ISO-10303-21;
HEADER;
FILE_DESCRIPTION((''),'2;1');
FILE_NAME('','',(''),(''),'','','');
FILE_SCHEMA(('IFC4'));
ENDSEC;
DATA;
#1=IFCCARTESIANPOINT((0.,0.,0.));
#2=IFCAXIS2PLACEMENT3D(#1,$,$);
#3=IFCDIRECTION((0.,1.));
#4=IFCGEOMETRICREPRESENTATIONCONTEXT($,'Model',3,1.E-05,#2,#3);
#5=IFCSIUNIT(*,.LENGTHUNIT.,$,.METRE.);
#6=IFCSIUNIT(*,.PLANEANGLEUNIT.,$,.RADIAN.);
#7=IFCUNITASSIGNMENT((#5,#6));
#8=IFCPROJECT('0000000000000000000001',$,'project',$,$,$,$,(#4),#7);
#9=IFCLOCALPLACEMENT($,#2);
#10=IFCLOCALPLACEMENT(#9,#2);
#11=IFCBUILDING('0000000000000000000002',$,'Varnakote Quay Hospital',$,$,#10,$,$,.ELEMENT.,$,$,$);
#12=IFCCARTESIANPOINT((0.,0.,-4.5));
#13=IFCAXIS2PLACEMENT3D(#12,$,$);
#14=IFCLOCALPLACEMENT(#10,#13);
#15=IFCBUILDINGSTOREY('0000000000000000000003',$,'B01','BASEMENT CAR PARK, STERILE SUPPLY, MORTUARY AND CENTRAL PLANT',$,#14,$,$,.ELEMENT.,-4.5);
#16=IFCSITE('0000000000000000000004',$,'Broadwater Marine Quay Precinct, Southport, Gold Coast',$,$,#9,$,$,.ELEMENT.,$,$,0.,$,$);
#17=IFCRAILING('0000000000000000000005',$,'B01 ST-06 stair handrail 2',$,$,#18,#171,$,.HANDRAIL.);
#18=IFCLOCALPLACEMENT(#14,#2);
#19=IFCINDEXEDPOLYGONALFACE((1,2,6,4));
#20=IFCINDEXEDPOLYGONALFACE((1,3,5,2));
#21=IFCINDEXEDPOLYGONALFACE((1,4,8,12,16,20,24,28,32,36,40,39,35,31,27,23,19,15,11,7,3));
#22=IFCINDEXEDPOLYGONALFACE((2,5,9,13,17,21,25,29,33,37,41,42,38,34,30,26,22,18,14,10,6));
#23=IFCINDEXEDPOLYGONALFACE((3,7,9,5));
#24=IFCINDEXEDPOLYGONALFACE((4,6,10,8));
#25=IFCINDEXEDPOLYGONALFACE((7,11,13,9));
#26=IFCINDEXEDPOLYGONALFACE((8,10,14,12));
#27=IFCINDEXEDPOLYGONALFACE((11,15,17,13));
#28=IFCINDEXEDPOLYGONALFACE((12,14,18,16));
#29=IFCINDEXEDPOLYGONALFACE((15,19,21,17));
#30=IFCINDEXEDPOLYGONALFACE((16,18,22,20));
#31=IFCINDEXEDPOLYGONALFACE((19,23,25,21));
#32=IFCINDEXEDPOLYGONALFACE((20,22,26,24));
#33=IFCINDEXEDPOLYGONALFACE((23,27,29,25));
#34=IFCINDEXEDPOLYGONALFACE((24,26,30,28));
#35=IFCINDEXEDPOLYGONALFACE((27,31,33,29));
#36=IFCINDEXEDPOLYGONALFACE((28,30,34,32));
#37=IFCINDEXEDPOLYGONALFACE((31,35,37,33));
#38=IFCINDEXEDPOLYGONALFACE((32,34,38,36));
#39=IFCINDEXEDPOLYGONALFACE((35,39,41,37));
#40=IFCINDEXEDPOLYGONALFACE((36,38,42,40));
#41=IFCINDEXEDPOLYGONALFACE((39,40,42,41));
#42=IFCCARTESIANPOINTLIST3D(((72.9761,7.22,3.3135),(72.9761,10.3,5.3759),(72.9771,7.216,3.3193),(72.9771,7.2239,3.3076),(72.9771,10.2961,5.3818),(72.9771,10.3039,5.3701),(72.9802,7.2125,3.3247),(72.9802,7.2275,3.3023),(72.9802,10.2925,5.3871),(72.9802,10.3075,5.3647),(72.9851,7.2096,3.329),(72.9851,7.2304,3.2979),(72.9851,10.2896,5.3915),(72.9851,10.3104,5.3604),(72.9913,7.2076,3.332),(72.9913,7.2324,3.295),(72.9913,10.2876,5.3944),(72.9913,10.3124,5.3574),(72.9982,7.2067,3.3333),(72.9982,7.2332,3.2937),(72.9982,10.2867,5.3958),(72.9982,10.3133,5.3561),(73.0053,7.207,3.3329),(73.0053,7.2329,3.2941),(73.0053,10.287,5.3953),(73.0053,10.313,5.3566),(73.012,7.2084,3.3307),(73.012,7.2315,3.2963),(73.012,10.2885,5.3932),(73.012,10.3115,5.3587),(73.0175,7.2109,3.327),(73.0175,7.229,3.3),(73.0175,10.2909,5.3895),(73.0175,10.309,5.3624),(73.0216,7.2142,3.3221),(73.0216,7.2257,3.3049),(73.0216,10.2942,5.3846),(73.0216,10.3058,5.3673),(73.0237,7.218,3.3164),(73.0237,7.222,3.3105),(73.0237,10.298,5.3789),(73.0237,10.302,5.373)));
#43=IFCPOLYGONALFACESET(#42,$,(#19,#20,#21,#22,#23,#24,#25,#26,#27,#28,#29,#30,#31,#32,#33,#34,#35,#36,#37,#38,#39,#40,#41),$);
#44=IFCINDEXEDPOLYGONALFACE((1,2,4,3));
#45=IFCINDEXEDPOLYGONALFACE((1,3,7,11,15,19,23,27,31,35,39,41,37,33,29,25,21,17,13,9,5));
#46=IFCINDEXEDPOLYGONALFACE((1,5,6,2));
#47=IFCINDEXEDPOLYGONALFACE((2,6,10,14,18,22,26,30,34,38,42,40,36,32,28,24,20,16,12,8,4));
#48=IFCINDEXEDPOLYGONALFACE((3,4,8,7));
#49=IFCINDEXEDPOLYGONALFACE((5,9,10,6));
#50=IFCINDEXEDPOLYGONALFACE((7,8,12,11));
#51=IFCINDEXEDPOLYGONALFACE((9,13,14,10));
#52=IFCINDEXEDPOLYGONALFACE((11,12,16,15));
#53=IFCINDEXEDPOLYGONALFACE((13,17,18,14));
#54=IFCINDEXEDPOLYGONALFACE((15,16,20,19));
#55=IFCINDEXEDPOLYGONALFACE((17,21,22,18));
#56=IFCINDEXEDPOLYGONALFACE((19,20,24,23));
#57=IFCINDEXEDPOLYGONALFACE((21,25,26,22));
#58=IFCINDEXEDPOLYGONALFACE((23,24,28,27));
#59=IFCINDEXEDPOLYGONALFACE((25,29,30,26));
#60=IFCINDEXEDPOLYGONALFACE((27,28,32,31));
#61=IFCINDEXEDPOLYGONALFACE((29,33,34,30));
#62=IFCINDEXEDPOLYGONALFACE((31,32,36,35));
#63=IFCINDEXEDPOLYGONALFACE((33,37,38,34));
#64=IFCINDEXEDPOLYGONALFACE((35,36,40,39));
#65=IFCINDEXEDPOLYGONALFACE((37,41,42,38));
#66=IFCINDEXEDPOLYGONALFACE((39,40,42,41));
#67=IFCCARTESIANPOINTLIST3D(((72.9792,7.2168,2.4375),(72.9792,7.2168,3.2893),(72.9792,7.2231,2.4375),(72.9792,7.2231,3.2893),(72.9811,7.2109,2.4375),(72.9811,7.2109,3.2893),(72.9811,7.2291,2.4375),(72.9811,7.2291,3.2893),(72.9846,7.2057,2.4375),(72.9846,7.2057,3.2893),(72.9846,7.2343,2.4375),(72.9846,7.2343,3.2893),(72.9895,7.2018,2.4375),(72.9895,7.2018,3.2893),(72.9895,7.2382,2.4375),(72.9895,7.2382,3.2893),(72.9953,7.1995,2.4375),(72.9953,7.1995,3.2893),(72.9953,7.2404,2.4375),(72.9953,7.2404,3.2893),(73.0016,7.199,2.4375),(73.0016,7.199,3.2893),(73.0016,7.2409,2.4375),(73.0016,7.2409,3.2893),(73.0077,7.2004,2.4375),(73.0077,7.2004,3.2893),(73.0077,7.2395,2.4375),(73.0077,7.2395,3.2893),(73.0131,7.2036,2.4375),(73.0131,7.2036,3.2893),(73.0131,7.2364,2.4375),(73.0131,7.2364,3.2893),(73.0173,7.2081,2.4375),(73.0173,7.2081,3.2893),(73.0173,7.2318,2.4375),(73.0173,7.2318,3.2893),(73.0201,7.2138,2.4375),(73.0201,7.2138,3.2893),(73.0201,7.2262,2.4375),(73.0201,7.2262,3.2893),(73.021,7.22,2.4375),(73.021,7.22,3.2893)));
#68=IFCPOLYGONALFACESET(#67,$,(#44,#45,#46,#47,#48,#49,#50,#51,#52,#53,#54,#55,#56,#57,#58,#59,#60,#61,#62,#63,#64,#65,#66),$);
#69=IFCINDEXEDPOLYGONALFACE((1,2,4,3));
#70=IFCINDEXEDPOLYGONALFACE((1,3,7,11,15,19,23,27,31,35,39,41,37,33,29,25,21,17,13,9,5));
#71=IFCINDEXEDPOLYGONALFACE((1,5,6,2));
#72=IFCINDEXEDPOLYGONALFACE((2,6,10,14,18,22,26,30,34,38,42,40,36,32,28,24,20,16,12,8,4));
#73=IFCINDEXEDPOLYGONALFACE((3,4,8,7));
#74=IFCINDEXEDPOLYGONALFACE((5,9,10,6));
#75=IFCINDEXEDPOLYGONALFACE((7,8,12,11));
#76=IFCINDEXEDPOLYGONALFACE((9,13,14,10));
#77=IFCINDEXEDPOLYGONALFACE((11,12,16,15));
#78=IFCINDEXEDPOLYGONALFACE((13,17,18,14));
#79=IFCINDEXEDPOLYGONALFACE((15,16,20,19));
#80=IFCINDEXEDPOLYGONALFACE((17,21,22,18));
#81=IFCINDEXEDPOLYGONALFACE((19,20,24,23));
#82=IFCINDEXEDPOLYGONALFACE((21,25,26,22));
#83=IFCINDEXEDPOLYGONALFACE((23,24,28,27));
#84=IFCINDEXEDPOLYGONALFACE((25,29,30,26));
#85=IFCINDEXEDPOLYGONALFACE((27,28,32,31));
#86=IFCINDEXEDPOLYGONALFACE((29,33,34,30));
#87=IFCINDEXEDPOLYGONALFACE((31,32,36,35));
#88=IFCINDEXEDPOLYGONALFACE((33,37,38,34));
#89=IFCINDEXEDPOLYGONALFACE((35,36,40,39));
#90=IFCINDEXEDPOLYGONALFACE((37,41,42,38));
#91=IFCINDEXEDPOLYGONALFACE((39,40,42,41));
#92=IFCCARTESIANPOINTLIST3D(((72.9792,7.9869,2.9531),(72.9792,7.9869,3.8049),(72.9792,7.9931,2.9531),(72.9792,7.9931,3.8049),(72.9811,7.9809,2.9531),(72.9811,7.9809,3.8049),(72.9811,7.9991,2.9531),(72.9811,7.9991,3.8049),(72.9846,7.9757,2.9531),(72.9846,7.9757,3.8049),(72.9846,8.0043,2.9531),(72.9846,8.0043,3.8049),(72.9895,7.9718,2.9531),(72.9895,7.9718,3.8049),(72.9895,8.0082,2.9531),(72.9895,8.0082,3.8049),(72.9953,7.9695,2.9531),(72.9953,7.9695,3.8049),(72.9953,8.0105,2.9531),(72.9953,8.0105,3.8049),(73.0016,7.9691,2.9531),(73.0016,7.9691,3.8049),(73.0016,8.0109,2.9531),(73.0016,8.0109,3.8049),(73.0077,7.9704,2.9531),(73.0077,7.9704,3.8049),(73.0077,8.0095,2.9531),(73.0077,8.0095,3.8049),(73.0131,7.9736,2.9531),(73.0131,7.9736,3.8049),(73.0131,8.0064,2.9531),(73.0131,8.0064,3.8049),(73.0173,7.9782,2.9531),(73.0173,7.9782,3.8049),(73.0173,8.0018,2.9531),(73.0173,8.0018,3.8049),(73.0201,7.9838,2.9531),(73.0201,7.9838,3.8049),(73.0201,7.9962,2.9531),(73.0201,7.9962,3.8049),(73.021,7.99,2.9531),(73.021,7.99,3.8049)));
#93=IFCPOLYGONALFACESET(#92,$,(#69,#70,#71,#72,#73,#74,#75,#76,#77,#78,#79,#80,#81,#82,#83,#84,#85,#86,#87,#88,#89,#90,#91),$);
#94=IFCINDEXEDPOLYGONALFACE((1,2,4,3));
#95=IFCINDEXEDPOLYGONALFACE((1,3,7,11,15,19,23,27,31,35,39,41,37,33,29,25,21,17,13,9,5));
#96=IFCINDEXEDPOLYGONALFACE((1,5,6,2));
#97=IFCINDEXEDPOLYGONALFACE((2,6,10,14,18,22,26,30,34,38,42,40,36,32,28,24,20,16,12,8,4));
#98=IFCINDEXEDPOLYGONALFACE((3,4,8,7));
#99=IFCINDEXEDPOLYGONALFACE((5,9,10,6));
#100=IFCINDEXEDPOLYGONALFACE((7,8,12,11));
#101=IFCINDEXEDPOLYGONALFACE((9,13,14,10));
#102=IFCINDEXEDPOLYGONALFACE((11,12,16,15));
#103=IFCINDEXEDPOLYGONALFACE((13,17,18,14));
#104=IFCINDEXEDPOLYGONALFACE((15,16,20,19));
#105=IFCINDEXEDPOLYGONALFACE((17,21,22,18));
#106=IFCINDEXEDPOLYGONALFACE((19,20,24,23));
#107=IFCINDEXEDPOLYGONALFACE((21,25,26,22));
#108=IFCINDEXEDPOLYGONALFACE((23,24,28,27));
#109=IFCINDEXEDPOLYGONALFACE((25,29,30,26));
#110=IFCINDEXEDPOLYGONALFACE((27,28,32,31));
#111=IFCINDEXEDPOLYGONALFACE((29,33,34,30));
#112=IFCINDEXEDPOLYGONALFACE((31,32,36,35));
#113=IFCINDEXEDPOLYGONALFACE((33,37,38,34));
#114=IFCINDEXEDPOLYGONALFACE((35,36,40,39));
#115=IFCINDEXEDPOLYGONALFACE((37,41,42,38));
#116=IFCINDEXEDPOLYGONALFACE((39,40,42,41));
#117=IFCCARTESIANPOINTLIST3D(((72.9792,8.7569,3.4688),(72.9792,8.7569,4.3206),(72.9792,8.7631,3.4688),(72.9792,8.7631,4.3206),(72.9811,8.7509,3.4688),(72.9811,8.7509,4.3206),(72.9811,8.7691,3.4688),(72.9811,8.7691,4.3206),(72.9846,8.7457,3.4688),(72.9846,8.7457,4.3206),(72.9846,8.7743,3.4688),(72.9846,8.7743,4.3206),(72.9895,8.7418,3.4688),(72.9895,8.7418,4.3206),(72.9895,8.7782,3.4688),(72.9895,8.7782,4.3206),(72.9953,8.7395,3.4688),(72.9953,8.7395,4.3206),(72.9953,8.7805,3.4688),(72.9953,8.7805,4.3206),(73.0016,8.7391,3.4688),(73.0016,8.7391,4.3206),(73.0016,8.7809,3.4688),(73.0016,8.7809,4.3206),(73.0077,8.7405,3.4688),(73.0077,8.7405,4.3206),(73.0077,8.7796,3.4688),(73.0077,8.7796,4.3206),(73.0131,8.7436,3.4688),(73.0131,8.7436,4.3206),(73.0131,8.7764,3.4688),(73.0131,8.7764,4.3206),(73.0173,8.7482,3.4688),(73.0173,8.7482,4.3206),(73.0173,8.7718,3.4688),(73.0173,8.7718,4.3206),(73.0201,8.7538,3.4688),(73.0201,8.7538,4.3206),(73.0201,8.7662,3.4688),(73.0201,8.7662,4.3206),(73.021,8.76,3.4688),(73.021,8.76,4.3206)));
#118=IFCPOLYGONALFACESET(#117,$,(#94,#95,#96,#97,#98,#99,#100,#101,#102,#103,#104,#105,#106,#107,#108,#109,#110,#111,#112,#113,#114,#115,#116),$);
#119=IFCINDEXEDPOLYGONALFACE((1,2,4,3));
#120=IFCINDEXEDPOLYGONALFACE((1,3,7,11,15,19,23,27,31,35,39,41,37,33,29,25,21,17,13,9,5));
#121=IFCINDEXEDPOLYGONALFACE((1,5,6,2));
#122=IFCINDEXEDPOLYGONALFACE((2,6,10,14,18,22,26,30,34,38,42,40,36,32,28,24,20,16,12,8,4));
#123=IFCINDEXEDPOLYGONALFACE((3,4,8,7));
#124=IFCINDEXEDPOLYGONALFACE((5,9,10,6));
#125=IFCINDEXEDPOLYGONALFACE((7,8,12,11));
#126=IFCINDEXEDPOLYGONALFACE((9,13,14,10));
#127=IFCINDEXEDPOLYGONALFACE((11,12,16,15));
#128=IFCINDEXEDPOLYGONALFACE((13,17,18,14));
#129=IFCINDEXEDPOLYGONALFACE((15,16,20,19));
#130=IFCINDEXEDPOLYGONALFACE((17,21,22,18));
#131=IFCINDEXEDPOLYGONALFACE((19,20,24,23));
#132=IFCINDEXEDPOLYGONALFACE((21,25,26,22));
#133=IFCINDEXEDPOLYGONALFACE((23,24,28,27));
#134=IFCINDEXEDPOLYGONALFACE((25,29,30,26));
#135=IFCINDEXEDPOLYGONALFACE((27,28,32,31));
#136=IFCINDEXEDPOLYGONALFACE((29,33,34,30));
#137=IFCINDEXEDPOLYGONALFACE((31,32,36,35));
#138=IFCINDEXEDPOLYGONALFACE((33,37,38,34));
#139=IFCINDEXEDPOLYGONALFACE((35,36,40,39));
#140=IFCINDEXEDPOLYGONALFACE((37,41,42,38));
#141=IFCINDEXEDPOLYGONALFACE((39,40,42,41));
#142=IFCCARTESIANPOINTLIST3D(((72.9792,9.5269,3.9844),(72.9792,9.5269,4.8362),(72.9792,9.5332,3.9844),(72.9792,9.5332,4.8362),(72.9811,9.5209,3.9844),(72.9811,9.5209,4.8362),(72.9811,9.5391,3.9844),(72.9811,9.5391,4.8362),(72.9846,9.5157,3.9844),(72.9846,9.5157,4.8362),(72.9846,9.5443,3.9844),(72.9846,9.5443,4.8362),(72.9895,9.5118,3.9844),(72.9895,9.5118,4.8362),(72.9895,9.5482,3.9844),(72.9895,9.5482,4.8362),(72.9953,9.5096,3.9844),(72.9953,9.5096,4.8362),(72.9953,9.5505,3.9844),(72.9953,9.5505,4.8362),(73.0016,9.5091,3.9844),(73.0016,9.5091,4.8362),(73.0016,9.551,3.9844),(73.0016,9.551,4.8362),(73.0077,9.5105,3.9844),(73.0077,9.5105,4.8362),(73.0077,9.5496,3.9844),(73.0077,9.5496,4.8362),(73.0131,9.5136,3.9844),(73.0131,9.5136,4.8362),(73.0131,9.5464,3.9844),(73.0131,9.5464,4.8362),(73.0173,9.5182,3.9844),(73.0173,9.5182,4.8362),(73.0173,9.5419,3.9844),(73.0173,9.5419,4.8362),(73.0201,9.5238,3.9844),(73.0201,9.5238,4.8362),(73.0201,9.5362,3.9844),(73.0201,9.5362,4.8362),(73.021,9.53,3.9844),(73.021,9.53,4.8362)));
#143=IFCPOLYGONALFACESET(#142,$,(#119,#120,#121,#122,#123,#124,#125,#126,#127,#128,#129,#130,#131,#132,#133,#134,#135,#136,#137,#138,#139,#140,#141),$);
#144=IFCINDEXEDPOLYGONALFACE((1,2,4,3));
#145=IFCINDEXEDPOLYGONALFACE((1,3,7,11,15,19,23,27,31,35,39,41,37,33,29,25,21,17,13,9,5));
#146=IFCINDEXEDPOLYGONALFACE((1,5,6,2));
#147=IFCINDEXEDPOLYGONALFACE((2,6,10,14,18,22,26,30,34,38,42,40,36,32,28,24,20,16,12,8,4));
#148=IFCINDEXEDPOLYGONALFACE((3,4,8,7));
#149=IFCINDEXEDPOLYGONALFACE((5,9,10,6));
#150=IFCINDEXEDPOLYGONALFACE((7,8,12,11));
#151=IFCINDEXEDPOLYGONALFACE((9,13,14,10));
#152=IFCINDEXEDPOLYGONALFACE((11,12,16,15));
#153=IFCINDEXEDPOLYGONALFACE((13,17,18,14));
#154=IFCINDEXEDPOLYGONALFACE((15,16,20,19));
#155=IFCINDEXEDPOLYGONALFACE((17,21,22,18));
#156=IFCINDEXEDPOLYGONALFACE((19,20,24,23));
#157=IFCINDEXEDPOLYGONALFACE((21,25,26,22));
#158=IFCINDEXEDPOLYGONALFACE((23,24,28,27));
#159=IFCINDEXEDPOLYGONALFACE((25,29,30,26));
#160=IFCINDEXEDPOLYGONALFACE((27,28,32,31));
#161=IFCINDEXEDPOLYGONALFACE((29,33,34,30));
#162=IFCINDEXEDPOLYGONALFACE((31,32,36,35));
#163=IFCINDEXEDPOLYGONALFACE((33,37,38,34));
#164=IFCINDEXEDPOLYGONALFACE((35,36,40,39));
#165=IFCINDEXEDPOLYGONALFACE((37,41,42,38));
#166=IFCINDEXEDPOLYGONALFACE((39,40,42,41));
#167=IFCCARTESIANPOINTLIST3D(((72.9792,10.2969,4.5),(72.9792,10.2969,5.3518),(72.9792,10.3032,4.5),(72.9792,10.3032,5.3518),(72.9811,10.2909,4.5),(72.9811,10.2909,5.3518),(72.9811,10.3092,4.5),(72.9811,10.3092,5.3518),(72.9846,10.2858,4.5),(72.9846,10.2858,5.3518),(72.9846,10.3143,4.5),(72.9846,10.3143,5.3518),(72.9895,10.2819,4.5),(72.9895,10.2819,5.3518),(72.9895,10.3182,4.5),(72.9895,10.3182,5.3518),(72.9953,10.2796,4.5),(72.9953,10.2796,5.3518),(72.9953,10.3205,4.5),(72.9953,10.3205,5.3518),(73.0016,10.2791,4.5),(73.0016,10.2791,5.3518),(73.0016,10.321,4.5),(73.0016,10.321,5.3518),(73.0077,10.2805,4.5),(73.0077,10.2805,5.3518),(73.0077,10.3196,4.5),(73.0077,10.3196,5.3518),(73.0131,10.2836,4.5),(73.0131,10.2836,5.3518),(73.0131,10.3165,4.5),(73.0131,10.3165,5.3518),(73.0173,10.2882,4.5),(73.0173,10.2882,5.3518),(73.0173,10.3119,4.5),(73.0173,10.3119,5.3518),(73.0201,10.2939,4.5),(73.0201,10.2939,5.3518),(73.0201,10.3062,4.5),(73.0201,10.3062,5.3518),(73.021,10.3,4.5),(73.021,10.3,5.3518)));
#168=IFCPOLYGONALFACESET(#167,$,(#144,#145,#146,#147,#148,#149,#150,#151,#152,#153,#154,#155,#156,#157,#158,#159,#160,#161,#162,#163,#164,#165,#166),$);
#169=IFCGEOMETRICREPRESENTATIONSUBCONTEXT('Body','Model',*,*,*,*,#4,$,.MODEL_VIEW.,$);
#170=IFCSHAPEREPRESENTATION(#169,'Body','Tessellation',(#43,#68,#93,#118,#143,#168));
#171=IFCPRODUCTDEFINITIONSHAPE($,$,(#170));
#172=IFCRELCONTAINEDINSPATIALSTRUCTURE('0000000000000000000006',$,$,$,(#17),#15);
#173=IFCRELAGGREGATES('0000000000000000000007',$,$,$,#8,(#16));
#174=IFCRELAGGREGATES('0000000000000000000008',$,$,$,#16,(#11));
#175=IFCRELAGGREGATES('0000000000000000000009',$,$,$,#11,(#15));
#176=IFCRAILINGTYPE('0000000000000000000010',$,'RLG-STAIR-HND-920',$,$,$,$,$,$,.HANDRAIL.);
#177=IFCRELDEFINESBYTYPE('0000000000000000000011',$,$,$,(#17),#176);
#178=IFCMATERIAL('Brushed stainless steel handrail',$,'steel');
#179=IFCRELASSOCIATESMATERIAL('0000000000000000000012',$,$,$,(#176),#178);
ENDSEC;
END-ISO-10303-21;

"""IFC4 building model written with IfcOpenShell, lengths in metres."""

from ifc_helpers import new_model, si_unit, direction, frame, origin, origin_2d, place, context, subcontext, project, spatial, circle, extrude, material, type_object, element, save


model = new_model("IFC4")

# Units and contexts
model_context = context("Model", 3, precision=1e-05, world=origin(), true_north=direction((0.0, 1.0)))
body_context = subcontext(model_context, "Body", "Model", "MODEL_VIEW")
ifc_project = project(units=[si_unit("LENGTHUNIT", "METRE"), si_unit("PLANEANGLEUNIT", "RADIAN")], contexts=[model_context])

# Site, building, storey
site_placement = place(None, origin())
site = spatial("IfcSite", under=ifc_project, at=site_placement, Name="Broadwater Marine Quay Precinct, Southport, Gold Coast", CompositionType="ELEMENT", RefElevation=0.0)
building_placement = place(site_placement, origin())
building = spatial("IfcBuilding", under=site, at=building_placement, Name="Varnakote Quay Hospital", CompositionType="ELEMENT")
storey_placement = place(building_placement, frame((0.0, 0.0, -4.5)))
storey = spatial("IfcBuildingStorey", under=building, at=storey_placement, Name="B01", Description="BASEMENT CAR PARK, STERILE SUPPLY, MORTUARY AND CENTRAL PLANT", CompositionType="ELEMENT", Elevation=-4.5)

# Railing
ifc_material_1 = material(Name="Brushed stainless steel handrail", Category="steel")
railing_type_1 = type_object("IfcRailingType", Name="RLG-STAIR-HND-920", PredefinedType="HANDRAIL", material=ifc_material_1)
railing_1_placement = place(storey_placement, frame((73.0, 7.22, 2.4375)))
element("IfcRailing", 1, at=railing_1_placement, inside=storey, type_object=railing_type_1, Name="B01 ST-06 stair handrail 2", PredefinedType="HANDRAIL", context=body_context, shape_type="SweptSolid", body=[
    extrude(circle(Radius=0.0239, at=origin_2d()), frame((0.0, 0.0, 0.876), z_axis=(0.0, 0.830914, 0.556401), x_axis=(-1.0, 0.0, 0.0)), (0.0, 0.0, 1.0), 3.7068),
    extrude(circle(Radius=0.021, at=origin_2d()), origin(), (0.0, 0.0, 1.0), 0.8518),
    extrude(circle(Radius=0.021, at=origin_2d()), frame((0.0, 0.77, 0.5156)), (0.0, 0.0, 1.0), 0.8518),
    extrude(circle(Radius=0.021, at=origin_2d()), frame((0.0, 1.54, 1.0312)), (0.0, 0.0, 1.0), 0.8518),
    extrude(circle(Radius=0.021, at=origin_2d()), frame((0.0, 2.3101, 1.5469)), (0.0, 0.0, 1.0), 0.8518),
    extrude(circle(Radius=0.021, at=origin_2d()), frame((0.0, 3.0801, 2.0625)), (0.0, 0.0, 1.0), 0.8518),
])

save(model, "model.ifc")
